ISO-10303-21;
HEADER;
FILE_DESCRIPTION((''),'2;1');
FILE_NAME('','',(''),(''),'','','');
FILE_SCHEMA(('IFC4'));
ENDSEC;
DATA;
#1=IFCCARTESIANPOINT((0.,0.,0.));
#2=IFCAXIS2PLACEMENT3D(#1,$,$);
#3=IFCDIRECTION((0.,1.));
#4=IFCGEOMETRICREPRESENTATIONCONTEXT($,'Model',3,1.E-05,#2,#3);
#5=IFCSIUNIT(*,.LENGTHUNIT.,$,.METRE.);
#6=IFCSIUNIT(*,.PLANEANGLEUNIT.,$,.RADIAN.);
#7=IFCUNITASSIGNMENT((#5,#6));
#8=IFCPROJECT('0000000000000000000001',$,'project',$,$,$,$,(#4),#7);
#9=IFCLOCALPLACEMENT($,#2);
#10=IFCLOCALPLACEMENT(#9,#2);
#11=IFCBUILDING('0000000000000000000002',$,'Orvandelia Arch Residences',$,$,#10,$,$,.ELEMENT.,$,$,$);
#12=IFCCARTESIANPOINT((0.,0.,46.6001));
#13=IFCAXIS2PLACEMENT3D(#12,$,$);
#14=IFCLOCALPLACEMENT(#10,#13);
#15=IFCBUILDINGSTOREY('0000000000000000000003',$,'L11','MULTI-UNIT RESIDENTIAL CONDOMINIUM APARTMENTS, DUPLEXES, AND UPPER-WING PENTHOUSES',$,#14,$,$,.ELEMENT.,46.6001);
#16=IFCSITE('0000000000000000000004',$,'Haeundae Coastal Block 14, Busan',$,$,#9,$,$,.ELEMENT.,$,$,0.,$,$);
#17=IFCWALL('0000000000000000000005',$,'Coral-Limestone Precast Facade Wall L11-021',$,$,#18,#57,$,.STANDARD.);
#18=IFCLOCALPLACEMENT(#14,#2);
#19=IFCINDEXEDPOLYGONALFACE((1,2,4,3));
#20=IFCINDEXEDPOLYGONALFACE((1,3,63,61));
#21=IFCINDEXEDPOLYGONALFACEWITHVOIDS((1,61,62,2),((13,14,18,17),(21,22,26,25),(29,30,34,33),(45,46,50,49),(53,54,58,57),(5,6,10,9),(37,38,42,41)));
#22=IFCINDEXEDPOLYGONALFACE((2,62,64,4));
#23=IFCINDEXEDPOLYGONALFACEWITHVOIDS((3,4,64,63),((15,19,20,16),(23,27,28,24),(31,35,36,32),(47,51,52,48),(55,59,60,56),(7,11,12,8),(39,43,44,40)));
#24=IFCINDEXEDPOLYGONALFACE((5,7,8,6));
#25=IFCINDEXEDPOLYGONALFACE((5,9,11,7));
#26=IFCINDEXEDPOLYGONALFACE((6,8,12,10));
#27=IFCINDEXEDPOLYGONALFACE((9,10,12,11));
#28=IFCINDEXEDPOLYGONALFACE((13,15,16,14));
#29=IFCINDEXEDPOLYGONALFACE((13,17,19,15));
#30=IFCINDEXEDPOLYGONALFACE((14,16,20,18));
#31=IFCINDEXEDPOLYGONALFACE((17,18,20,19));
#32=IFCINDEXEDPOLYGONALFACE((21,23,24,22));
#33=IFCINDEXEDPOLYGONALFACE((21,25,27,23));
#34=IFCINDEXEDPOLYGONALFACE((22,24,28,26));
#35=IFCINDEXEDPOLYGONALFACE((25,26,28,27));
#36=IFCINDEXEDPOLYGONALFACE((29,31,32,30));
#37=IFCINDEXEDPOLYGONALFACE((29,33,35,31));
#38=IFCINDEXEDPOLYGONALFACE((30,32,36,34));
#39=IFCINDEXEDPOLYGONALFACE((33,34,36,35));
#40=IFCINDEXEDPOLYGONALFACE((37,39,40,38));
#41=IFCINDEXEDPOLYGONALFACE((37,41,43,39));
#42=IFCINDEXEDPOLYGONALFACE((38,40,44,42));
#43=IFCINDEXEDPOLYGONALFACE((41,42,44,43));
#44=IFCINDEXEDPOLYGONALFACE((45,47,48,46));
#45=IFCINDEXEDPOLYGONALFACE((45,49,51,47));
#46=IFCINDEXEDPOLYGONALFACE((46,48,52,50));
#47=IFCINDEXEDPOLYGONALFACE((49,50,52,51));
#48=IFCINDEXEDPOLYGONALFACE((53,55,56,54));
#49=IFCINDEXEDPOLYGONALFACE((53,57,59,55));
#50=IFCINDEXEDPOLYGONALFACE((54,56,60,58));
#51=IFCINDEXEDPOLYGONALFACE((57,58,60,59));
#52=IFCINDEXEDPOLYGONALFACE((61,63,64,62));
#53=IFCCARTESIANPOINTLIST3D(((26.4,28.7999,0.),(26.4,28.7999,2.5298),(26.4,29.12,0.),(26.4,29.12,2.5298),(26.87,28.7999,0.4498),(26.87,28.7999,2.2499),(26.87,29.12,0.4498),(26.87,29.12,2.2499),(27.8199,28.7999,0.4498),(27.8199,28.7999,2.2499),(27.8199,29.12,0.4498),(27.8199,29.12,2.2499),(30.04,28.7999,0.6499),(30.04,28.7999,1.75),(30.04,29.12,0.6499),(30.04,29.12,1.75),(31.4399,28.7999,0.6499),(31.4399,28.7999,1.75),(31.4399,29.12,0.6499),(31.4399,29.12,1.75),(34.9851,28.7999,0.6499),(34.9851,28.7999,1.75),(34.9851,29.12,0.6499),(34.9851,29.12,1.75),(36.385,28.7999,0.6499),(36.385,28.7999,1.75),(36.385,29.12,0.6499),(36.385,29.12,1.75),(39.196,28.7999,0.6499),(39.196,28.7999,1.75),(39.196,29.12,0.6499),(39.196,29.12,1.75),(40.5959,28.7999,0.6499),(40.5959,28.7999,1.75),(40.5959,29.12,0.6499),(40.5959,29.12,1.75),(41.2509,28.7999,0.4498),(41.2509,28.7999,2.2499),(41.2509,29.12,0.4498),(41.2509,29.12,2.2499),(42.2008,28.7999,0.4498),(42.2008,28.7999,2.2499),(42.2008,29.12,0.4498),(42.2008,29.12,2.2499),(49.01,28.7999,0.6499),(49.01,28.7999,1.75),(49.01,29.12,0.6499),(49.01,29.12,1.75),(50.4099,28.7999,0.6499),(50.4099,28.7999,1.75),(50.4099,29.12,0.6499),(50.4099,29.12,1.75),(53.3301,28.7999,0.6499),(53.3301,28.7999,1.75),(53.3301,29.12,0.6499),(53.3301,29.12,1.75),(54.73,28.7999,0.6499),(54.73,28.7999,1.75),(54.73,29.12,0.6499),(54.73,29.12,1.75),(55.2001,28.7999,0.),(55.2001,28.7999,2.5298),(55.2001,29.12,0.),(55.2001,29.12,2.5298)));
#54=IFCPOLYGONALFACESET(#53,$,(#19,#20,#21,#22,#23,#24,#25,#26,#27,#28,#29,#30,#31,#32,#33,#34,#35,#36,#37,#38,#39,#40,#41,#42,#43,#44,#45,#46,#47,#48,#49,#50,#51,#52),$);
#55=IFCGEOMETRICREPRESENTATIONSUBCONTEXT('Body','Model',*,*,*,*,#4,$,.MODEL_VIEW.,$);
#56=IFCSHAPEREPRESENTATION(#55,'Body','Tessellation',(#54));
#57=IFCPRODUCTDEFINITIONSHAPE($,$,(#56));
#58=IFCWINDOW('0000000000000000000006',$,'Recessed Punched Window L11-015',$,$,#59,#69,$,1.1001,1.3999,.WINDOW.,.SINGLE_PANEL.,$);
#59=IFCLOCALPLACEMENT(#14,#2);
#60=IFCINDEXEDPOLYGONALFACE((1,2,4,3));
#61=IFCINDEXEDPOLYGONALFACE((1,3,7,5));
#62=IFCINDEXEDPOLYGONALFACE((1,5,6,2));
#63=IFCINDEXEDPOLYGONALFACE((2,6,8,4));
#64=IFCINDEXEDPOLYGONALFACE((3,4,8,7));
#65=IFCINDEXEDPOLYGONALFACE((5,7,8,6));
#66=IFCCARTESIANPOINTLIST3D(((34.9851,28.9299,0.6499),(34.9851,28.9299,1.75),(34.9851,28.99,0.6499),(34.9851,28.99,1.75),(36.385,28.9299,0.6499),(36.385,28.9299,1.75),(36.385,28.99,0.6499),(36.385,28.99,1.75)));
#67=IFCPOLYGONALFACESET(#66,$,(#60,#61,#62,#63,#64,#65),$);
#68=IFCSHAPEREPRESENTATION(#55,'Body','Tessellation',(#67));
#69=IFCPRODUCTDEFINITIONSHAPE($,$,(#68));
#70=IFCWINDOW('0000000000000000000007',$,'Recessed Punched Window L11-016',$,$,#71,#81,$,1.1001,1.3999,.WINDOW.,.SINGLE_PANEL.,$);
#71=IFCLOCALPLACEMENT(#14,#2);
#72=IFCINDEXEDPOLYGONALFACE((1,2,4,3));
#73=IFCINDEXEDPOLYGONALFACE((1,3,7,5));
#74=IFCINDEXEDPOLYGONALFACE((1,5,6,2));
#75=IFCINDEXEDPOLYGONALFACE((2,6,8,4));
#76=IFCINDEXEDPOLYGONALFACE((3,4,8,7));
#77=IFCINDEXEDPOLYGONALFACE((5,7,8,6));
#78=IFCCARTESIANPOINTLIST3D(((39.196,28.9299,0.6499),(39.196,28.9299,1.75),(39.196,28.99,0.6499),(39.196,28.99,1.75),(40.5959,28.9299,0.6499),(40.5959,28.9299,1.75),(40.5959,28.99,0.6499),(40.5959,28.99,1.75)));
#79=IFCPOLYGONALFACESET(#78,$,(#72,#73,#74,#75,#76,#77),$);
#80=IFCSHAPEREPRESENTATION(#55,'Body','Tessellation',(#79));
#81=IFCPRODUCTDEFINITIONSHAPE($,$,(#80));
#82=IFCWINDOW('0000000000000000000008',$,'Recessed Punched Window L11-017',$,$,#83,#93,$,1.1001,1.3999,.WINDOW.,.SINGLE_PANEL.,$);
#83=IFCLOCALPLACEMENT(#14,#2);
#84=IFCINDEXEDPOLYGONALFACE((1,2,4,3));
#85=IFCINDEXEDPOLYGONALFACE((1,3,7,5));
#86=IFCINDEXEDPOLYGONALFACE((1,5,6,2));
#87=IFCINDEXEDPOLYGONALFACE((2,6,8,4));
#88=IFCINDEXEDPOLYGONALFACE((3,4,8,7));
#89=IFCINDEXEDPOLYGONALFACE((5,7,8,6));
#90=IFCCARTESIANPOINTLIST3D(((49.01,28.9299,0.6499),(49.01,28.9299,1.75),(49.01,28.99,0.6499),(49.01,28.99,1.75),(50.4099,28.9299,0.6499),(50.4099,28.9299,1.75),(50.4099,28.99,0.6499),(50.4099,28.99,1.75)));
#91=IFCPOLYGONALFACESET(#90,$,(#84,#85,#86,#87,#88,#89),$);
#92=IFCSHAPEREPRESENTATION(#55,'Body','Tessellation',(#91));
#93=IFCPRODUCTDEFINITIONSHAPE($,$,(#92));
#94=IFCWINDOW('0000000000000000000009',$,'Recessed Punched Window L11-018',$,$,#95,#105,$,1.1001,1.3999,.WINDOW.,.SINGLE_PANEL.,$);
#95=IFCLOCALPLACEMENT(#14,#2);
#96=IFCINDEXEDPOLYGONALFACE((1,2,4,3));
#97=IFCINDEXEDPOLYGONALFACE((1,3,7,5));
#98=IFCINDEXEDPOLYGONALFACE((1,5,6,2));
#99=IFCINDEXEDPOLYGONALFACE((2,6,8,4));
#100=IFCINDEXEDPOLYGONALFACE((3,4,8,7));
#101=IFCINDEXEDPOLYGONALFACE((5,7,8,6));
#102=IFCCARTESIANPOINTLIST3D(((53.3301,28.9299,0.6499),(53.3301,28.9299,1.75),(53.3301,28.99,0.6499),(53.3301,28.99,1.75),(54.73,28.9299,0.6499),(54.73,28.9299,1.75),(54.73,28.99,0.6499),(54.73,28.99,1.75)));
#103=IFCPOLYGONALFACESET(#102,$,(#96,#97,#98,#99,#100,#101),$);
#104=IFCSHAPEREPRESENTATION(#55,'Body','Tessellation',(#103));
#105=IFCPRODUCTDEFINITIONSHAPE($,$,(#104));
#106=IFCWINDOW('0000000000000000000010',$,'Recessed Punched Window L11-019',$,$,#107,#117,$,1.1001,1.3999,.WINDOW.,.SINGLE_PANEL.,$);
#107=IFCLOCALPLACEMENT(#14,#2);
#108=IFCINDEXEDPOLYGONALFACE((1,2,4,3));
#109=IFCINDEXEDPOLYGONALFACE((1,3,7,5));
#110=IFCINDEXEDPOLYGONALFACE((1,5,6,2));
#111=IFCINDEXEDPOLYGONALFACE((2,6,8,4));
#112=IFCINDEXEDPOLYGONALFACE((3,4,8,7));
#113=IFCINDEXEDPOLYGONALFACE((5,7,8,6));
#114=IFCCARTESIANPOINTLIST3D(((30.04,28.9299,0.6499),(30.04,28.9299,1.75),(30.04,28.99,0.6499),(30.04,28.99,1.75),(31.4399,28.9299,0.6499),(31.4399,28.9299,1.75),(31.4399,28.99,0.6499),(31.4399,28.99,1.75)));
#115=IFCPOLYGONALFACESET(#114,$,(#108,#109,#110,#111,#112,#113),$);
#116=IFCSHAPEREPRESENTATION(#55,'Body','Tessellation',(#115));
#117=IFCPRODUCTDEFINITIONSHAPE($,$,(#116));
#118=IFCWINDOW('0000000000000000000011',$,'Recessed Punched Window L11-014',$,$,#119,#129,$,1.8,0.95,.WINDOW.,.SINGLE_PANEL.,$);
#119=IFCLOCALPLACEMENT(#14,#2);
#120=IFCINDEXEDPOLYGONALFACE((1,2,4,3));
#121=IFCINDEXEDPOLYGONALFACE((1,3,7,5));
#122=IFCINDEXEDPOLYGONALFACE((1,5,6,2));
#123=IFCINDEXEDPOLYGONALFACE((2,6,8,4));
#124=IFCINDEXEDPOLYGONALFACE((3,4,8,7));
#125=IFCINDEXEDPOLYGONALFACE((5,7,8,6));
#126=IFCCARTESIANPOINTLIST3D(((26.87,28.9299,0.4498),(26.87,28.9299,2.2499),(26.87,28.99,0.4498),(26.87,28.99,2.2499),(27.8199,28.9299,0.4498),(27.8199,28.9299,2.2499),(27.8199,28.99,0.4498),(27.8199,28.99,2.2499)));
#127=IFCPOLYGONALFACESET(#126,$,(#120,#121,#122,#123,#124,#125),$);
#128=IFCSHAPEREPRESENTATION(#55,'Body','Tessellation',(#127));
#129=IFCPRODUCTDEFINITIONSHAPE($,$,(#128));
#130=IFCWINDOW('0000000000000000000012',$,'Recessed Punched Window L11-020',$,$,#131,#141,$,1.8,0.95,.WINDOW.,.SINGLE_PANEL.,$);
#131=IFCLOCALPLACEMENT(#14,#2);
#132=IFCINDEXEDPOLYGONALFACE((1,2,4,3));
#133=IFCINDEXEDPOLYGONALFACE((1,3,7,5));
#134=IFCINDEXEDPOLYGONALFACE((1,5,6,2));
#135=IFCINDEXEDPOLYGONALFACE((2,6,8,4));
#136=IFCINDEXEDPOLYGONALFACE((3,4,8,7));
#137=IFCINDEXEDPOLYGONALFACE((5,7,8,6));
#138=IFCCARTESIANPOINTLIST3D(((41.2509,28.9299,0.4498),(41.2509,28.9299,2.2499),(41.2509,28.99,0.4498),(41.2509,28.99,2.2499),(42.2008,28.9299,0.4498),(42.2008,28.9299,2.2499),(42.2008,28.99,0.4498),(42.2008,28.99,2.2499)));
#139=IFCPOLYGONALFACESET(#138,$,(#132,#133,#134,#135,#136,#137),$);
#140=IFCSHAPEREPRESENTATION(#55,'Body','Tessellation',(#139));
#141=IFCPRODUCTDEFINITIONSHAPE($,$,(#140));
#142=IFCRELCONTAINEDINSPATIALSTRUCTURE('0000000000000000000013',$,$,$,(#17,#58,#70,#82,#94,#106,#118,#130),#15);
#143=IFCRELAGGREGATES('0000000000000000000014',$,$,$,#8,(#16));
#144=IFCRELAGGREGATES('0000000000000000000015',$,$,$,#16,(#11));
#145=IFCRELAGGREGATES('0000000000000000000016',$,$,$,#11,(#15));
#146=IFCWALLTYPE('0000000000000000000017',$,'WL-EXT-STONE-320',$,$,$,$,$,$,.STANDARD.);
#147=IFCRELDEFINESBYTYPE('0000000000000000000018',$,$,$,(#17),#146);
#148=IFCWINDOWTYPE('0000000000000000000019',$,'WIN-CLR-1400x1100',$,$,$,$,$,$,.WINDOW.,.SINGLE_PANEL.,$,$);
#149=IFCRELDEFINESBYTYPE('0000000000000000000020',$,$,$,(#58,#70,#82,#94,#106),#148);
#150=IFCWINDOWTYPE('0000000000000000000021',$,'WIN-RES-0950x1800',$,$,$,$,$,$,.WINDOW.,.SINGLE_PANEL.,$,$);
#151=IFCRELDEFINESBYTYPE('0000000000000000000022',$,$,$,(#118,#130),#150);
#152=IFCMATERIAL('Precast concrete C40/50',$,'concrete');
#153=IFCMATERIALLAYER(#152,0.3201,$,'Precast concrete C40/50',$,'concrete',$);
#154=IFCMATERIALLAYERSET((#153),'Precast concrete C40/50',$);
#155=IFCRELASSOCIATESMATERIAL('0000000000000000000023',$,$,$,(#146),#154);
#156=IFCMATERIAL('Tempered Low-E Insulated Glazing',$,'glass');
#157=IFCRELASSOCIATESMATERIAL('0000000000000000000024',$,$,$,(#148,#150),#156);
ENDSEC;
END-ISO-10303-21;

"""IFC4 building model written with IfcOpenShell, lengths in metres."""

from ifc_helpers import new_model, si_unit, direction, frame, frame_2d, origin, place, context, subcontext, project, spatial, rectangle, extrude, material, layer, layer_set, type_object, element, fill, save


model = new_model("IFC4")

# Units and contexts
model_context = context("Model", 3, precision=1e-05, world=origin(), true_north=direction((0.0, 1.0)))
body_context = subcontext(model_context, "Body", "Model", "MODEL_VIEW")
ifc_project = project(units=[si_unit("LENGTHUNIT", "METRE"), si_unit("PLANEANGLEUNIT", "RADIAN")], contexts=[model_context])

# Site, building, storey
site_placement = place(None, origin())
site = spatial("IfcSite", under=ifc_project, at=site_placement, Name="Haeundae Coastal Block 14, Busan", CompositionType="ELEMENT", RefElevation=0.0)
building_placement = place(site_placement, origin())
building = spatial("IfcBuilding", under=site, at=building_placement, Name="Orvandelia Arch Residences", CompositionType="ELEMENT")
storey_placement = place(building_placement, frame((0.0, 0.0, 46.6001)))
storey = spatial("IfcBuildingStorey", under=building, at=storey_placement, Name="L11", Description="MULTI-UNIT RESIDENTIAL CONDOMINIUM APARTMENTS, DUPLEXES, AND UPPER-WING PENTHOUSES", CompositionType="ELEMENT", Elevation=46.6001)

# Shared definitions
ifc_material_1 = material(Name="Precast concrete C40/50", Category="concrete")
ifc_layer_1 = layer(ifc_material_1, 0.3201, Name="Precast concrete C40/50", Category="concrete")
ifc_layer_set_1 = layer_set([ifc_layer_1], Name="Precast concrete C40/50")
wall_type_1 = type_object("IfcWallType", Name="WL-EXT-STONE-320", PredefinedType="STANDARD", material=ifc_layer_set_1)

# Wall, openings, windows
wall_1_placement = place(storey_placement, frame((55.2, 28.96, 0.0), z_axis=(0.0, 0.0, 1.0), x_axis=(-1.0, 0.0, 0.0)))
wall_1 = element("IfcWall", 1, at=wall_1_placement, inside=storey, type_object=wall_type_1, Name="Coral-Limestone Precast Facade Wall L11-021", PredefinedType="STANDARD", context=body_context, shape_type="SweptSolid", body=[
    extrude(rectangle(XDim=28.8, YDim=0.3201, at=frame_2d((14.3999, 0.0))), origin(), (0.0, 0.0, 1.0), 2.5298),
])
opening_1_placement = place(wall_1_placement, frame((27.3799, 0.0, 0.45)))
opening_1 = element("IfcOpeningElement", 2, at=opening_1_placement, cuts=wall_1, PredefinedType="OPENING", context=body_context, shape_type="SweptSolid", body=[
    extrude(rectangle(XDim=0.95, YDim=1.8, at=frame_2d((0.4751, 0.8999))), frame((0.0, 0.1699, 0.0), z_axis=(0.0, -1.0, 0.0), x_axis=(1.0, 0.0, 0.0)), (0.0, 0.0, 1.0), 0.3401),
])
opening_2_placement = place(wall_1_placement, frame((18.8149, 0.0, 0.6499)))
opening_2 = element("IfcOpeningElement", 3, at=opening_2_placement, cuts=wall_1, PredefinedType="OPENING", context=body_context, shape_type="SweptSolid", body=[
    extrude(rectangle(XDim=1.3999, YDim=1.1001, at=frame_2d((0.7, 0.55))), frame((0.0, 0.1699, 0.0), z_axis=(0.0, -1.0, 0.0), x_axis=(1.0, 0.0, 0.0)), (0.0, 0.0, 1.0), 0.3401),
])
opening_3_placement = place(wall_1_placement, frame((14.604, 0.0, 0.6499)))
opening_3 = element("IfcOpeningElement", 4, at=opening_3_placement, cuts=wall_1, PredefinedType="OPENING", context=body_context, shape_type="SweptSolid", body=[
    extrude(rectangle(XDim=1.3999, YDim=1.1001, at=frame_2d((0.7, 0.55))), frame((0.0, 0.1699, 0.0), z_axis=(0.0, -1.0, 0.0), x_axis=(1.0, 0.0, 0.0)), (0.0, 0.0, 1.0), 0.3401),
])
opening_4_placement = place(wall_1_placement, frame((4.79, 0.0, 0.6499)))
opening_4 = element("IfcOpeningElement", 5, at=opening_4_placement, cuts=wall_1, PredefinedType="OPENING", context=body_context, shape_type="SweptSolid", body=[
    extrude(rectangle(XDim=1.3999, YDim=1.1001, at=frame_2d((0.7, 0.55))), frame((0.0, 0.1699, 0.0), z_axis=(0.0, -1.0, 0.0), x_axis=(1.0, 0.0, 0.0)), (0.0, 0.0, 1.0), 0.3401),
])
opening_5_placement = place(wall_1_placement, frame((0.47, 0.0, 0.6499)))
opening_5 = element("IfcOpeningElement", 6, at=opening_5_placement, cuts=wall_1, PredefinedType="OPENING", context=body_context, shape_type="SweptSolid", body=[
    extrude(rectangle(XDim=1.3999, YDim=1.1001, at=frame_2d((0.7, 0.55))), frame((0.0, 0.1699, 0.0), z_axis=(0.0, -1.0, 0.0), x_axis=(1.0, 0.0, 0.0)), (0.0, 0.0, 1.0), 0.3401),
])
opening_6_placement = place(wall_1_placement, frame((23.76, 0.0, 0.6499)))
opening_6 = element("IfcOpeningElement", 7, at=opening_6_placement, cuts=wall_1, PredefinedType="OPENING", context=body_context, shape_type="SweptSolid", body=[
    extrude(rectangle(XDim=1.3999, YDim=1.1001, at=frame_2d((0.7, 0.55))), frame((0.0, 0.1699, 0.0), z_axis=(0.0, -1.0, 0.0), x_axis=(1.0, 0.0, 0.0)), (0.0, 0.0, 1.0), 0.3401),
])
opening_7_placement = place(wall_1_placement, frame((12.999, 0.0, 0.45)))
opening_7 = element("IfcOpeningElement", 8, at=opening_7_placement, cuts=wall_1, PredefinedType="OPENING", context=body_context, shape_type="SweptSolid", body=[
    extrude(rectangle(XDim=0.95, YDim=1.8, at=frame_2d((0.4751, 0.8999))), frame((0.0, 0.1699, 0.0), z_axis=(0.0, -1.0, 0.0), x_axis=(1.0, 0.0, 0.0)), (0.0, 0.0, 1.0), 0.3401),
])
ifc_material_2 = material(Name="Tempered Low-E Insulated Glazing", Category="glass")
window_type_1 = type_object("IfcWindowType", Name="WIN-CLR-1400x1100", PartitioningType="SINGLE_PANEL", PredefinedType="WINDOW", material=ifc_material_2)
window_1_placement = place(opening_2_placement, origin())
window_1 = element("IfcWindow", 9, at=window_1_placement, inside=storey, type_object=window_type_1, Name="Recessed Punched Window L11-015", OverallHeight=1.1001, OverallWidth=1.3999, PartitioningType="SINGLE_PANEL", PredefinedType="WINDOW", context=body_context, shape_type="SweptSolid", body=[
    extrude(rectangle(XDim=1.3999, YDim=1.1001, at=frame_2d((0.7, 0.55))), frame((0.0, 0.03, 0.0), z_axis=(0.0, -1.0, 0.0), x_axis=(1.0, 0.0, 0.0)), (0.0, 0.0, 1.0), 0.0601),
])
fill(opening_2, window_1)
window_2_placement = place(opening_3_placement, origin())
window_2 = element("IfcWindow", 10, at=window_2_placement, inside=storey, type_object=window_type_1, Name="Recessed Punched Window L11-016", OverallHeight=1.1001, OverallWidth=1.3999, PartitioningType="SINGLE_PANEL", PredefinedType="WINDOW", context=body_context, shape_type="SweptSolid", body=[
    extrude(rectangle(XDim=1.3999, YDim=1.1001, at=frame_2d((0.7, 0.55))), frame((0.0, 0.03, 0.0), z_axis=(0.0, -1.0, 0.0), x_axis=(1.0, 0.0, 0.0)), (0.0, 0.0, 1.0), 0.0601),
])
fill(opening_3, window_2)
window_3_placement = place(opening_4_placement, origin())
window_3 = element("IfcWindow", 11, at=window_3_placement, inside=storey, type_object=window_type_1, Name="Recessed Punched Window L11-017", OverallHeight=1.1001, OverallWidth=1.3999, PartitioningType="SINGLE_PANEL", PredefinedType="WINDOW", context=body_context, shape_type="SweptSolid", body=[
    extrude(rectangle(XDim=1.3999, YDim=1.1001, at=frame_2d((0.7, 0.55))), frame((0.0, 0.03, 0.0), z_axis=(0.0, -1.0, 0.0), x_axis=(1.0, 0.0, 0.0)), (0.0, 0.0, 1.0), 0.0601),
])
fill(opening_4, window_3)
window_4_placement = place(opening_5_placement, origin())
window_4 = element("IfcWindow", 12, at=window_4_placement, inside=storey, type_object=window_type_1, Name="Recessed Punched Window L11-018", OverallHeight=1.1001, OverallWidth=1.3999, PartitioningType="SINGLE_PANEL", PredefinedType="WINDOW", context=body_context, shape_type="SweptSolid", body=[
    extrude(rectangle(XDim=1.3999, YDim=1.1001, at=frame_2d((0.7, 0.55))), frame((0.0, 0.03, 0.0), z_axis=(0.0, -1.0, 0.0), x_axis=(1.0, 0.0, 0.0)), (0.0, 0.0, 1.0), 0.0601),
])
fill(opening_5, window_4)
window_5_placement = place(opening_6_placement, origin())
window_5 = element("IfcWindow", 13, at=window_5_placement, inside=storey, type_object=window_type_1, Name="Recessed Punched Window L11-019", OverallHeight=1.1001, OverallWidth=1.3999, PartitioningType="SINGLE_PANEL", PredefinedType="WINDOW", context=body_context, shape_type="SweptSolid", body=[
    extrude(rectangle(XDim=1.3999, YDim=1.1001, at=frame_2d((0.7, 0.55))), frame((0.0, 0.03, 0.0), z_axis=(0.0, -1.0, 0.0), x_axis=(1.0, 0.0, 0.0)), (0.0, 0.0, 1.0), 0.0601),
])
fill(opening_6, window_5)
window_type_2 = type_object("IfcWindowType", Name="WIN-RES-0950x1800", PartitioningType="SINGLE_PANEL", PredefinedType="WINDOW", material=ifc_material_2)
window_6_placement = place(opening_1_placement, origin())
window_6 = element("IfcWindow", 14, at=window_6_placement, inside=storey, type_object=window_type_2, Name="Recessed Punched Window L11-014", OverallHeight=1.8, OverallWidth=0.95, PartitioningType="SINGLE_PANEL", PredefinedType="WINDOW", context=body_context, shape_type="SweptSolid", body=[
    extrude(rectangle(XDim=0.95, YDim=1.8, at=frame_2d((0.4751, 0.8999))), frame((0.0, 0.03, 0.0), z_axis=(0.0, -1.0, 0.0), x_axis=(1.0, 0.0, 0.0)), (0.0, 0.0, 1.0), 0.0601),
])
fill(opening_1, window_6)
window_7_placement = place(opening_7_placement, origin())
window_7 = element("IfcWindow", 15, at=window_7_placement, inside=storey, type_object=window_type_2, Name="Recessed Punched Window L11-020", OverallHeight=1.8, OverallWidth=0.95, PartitioningType="SINGLE_PANEL", PredefinedType="WINDOW", context=body_context, shape_type="SweptSolid", body=[
    extrude(rectangle(XDim=0.95, YDim=1.8, at=frame_2d((0.4751, 0.8999))), frame((0.0, 0.03, 0.0), z_axis=(0.0, -1.0, 0.0), x_axis=(1.0, 0.0, 0.0)), (0.0, 0.0, 1.0), 0.0601),
])
fill(opening_7, window_7)

save(model, "model.ifc")
